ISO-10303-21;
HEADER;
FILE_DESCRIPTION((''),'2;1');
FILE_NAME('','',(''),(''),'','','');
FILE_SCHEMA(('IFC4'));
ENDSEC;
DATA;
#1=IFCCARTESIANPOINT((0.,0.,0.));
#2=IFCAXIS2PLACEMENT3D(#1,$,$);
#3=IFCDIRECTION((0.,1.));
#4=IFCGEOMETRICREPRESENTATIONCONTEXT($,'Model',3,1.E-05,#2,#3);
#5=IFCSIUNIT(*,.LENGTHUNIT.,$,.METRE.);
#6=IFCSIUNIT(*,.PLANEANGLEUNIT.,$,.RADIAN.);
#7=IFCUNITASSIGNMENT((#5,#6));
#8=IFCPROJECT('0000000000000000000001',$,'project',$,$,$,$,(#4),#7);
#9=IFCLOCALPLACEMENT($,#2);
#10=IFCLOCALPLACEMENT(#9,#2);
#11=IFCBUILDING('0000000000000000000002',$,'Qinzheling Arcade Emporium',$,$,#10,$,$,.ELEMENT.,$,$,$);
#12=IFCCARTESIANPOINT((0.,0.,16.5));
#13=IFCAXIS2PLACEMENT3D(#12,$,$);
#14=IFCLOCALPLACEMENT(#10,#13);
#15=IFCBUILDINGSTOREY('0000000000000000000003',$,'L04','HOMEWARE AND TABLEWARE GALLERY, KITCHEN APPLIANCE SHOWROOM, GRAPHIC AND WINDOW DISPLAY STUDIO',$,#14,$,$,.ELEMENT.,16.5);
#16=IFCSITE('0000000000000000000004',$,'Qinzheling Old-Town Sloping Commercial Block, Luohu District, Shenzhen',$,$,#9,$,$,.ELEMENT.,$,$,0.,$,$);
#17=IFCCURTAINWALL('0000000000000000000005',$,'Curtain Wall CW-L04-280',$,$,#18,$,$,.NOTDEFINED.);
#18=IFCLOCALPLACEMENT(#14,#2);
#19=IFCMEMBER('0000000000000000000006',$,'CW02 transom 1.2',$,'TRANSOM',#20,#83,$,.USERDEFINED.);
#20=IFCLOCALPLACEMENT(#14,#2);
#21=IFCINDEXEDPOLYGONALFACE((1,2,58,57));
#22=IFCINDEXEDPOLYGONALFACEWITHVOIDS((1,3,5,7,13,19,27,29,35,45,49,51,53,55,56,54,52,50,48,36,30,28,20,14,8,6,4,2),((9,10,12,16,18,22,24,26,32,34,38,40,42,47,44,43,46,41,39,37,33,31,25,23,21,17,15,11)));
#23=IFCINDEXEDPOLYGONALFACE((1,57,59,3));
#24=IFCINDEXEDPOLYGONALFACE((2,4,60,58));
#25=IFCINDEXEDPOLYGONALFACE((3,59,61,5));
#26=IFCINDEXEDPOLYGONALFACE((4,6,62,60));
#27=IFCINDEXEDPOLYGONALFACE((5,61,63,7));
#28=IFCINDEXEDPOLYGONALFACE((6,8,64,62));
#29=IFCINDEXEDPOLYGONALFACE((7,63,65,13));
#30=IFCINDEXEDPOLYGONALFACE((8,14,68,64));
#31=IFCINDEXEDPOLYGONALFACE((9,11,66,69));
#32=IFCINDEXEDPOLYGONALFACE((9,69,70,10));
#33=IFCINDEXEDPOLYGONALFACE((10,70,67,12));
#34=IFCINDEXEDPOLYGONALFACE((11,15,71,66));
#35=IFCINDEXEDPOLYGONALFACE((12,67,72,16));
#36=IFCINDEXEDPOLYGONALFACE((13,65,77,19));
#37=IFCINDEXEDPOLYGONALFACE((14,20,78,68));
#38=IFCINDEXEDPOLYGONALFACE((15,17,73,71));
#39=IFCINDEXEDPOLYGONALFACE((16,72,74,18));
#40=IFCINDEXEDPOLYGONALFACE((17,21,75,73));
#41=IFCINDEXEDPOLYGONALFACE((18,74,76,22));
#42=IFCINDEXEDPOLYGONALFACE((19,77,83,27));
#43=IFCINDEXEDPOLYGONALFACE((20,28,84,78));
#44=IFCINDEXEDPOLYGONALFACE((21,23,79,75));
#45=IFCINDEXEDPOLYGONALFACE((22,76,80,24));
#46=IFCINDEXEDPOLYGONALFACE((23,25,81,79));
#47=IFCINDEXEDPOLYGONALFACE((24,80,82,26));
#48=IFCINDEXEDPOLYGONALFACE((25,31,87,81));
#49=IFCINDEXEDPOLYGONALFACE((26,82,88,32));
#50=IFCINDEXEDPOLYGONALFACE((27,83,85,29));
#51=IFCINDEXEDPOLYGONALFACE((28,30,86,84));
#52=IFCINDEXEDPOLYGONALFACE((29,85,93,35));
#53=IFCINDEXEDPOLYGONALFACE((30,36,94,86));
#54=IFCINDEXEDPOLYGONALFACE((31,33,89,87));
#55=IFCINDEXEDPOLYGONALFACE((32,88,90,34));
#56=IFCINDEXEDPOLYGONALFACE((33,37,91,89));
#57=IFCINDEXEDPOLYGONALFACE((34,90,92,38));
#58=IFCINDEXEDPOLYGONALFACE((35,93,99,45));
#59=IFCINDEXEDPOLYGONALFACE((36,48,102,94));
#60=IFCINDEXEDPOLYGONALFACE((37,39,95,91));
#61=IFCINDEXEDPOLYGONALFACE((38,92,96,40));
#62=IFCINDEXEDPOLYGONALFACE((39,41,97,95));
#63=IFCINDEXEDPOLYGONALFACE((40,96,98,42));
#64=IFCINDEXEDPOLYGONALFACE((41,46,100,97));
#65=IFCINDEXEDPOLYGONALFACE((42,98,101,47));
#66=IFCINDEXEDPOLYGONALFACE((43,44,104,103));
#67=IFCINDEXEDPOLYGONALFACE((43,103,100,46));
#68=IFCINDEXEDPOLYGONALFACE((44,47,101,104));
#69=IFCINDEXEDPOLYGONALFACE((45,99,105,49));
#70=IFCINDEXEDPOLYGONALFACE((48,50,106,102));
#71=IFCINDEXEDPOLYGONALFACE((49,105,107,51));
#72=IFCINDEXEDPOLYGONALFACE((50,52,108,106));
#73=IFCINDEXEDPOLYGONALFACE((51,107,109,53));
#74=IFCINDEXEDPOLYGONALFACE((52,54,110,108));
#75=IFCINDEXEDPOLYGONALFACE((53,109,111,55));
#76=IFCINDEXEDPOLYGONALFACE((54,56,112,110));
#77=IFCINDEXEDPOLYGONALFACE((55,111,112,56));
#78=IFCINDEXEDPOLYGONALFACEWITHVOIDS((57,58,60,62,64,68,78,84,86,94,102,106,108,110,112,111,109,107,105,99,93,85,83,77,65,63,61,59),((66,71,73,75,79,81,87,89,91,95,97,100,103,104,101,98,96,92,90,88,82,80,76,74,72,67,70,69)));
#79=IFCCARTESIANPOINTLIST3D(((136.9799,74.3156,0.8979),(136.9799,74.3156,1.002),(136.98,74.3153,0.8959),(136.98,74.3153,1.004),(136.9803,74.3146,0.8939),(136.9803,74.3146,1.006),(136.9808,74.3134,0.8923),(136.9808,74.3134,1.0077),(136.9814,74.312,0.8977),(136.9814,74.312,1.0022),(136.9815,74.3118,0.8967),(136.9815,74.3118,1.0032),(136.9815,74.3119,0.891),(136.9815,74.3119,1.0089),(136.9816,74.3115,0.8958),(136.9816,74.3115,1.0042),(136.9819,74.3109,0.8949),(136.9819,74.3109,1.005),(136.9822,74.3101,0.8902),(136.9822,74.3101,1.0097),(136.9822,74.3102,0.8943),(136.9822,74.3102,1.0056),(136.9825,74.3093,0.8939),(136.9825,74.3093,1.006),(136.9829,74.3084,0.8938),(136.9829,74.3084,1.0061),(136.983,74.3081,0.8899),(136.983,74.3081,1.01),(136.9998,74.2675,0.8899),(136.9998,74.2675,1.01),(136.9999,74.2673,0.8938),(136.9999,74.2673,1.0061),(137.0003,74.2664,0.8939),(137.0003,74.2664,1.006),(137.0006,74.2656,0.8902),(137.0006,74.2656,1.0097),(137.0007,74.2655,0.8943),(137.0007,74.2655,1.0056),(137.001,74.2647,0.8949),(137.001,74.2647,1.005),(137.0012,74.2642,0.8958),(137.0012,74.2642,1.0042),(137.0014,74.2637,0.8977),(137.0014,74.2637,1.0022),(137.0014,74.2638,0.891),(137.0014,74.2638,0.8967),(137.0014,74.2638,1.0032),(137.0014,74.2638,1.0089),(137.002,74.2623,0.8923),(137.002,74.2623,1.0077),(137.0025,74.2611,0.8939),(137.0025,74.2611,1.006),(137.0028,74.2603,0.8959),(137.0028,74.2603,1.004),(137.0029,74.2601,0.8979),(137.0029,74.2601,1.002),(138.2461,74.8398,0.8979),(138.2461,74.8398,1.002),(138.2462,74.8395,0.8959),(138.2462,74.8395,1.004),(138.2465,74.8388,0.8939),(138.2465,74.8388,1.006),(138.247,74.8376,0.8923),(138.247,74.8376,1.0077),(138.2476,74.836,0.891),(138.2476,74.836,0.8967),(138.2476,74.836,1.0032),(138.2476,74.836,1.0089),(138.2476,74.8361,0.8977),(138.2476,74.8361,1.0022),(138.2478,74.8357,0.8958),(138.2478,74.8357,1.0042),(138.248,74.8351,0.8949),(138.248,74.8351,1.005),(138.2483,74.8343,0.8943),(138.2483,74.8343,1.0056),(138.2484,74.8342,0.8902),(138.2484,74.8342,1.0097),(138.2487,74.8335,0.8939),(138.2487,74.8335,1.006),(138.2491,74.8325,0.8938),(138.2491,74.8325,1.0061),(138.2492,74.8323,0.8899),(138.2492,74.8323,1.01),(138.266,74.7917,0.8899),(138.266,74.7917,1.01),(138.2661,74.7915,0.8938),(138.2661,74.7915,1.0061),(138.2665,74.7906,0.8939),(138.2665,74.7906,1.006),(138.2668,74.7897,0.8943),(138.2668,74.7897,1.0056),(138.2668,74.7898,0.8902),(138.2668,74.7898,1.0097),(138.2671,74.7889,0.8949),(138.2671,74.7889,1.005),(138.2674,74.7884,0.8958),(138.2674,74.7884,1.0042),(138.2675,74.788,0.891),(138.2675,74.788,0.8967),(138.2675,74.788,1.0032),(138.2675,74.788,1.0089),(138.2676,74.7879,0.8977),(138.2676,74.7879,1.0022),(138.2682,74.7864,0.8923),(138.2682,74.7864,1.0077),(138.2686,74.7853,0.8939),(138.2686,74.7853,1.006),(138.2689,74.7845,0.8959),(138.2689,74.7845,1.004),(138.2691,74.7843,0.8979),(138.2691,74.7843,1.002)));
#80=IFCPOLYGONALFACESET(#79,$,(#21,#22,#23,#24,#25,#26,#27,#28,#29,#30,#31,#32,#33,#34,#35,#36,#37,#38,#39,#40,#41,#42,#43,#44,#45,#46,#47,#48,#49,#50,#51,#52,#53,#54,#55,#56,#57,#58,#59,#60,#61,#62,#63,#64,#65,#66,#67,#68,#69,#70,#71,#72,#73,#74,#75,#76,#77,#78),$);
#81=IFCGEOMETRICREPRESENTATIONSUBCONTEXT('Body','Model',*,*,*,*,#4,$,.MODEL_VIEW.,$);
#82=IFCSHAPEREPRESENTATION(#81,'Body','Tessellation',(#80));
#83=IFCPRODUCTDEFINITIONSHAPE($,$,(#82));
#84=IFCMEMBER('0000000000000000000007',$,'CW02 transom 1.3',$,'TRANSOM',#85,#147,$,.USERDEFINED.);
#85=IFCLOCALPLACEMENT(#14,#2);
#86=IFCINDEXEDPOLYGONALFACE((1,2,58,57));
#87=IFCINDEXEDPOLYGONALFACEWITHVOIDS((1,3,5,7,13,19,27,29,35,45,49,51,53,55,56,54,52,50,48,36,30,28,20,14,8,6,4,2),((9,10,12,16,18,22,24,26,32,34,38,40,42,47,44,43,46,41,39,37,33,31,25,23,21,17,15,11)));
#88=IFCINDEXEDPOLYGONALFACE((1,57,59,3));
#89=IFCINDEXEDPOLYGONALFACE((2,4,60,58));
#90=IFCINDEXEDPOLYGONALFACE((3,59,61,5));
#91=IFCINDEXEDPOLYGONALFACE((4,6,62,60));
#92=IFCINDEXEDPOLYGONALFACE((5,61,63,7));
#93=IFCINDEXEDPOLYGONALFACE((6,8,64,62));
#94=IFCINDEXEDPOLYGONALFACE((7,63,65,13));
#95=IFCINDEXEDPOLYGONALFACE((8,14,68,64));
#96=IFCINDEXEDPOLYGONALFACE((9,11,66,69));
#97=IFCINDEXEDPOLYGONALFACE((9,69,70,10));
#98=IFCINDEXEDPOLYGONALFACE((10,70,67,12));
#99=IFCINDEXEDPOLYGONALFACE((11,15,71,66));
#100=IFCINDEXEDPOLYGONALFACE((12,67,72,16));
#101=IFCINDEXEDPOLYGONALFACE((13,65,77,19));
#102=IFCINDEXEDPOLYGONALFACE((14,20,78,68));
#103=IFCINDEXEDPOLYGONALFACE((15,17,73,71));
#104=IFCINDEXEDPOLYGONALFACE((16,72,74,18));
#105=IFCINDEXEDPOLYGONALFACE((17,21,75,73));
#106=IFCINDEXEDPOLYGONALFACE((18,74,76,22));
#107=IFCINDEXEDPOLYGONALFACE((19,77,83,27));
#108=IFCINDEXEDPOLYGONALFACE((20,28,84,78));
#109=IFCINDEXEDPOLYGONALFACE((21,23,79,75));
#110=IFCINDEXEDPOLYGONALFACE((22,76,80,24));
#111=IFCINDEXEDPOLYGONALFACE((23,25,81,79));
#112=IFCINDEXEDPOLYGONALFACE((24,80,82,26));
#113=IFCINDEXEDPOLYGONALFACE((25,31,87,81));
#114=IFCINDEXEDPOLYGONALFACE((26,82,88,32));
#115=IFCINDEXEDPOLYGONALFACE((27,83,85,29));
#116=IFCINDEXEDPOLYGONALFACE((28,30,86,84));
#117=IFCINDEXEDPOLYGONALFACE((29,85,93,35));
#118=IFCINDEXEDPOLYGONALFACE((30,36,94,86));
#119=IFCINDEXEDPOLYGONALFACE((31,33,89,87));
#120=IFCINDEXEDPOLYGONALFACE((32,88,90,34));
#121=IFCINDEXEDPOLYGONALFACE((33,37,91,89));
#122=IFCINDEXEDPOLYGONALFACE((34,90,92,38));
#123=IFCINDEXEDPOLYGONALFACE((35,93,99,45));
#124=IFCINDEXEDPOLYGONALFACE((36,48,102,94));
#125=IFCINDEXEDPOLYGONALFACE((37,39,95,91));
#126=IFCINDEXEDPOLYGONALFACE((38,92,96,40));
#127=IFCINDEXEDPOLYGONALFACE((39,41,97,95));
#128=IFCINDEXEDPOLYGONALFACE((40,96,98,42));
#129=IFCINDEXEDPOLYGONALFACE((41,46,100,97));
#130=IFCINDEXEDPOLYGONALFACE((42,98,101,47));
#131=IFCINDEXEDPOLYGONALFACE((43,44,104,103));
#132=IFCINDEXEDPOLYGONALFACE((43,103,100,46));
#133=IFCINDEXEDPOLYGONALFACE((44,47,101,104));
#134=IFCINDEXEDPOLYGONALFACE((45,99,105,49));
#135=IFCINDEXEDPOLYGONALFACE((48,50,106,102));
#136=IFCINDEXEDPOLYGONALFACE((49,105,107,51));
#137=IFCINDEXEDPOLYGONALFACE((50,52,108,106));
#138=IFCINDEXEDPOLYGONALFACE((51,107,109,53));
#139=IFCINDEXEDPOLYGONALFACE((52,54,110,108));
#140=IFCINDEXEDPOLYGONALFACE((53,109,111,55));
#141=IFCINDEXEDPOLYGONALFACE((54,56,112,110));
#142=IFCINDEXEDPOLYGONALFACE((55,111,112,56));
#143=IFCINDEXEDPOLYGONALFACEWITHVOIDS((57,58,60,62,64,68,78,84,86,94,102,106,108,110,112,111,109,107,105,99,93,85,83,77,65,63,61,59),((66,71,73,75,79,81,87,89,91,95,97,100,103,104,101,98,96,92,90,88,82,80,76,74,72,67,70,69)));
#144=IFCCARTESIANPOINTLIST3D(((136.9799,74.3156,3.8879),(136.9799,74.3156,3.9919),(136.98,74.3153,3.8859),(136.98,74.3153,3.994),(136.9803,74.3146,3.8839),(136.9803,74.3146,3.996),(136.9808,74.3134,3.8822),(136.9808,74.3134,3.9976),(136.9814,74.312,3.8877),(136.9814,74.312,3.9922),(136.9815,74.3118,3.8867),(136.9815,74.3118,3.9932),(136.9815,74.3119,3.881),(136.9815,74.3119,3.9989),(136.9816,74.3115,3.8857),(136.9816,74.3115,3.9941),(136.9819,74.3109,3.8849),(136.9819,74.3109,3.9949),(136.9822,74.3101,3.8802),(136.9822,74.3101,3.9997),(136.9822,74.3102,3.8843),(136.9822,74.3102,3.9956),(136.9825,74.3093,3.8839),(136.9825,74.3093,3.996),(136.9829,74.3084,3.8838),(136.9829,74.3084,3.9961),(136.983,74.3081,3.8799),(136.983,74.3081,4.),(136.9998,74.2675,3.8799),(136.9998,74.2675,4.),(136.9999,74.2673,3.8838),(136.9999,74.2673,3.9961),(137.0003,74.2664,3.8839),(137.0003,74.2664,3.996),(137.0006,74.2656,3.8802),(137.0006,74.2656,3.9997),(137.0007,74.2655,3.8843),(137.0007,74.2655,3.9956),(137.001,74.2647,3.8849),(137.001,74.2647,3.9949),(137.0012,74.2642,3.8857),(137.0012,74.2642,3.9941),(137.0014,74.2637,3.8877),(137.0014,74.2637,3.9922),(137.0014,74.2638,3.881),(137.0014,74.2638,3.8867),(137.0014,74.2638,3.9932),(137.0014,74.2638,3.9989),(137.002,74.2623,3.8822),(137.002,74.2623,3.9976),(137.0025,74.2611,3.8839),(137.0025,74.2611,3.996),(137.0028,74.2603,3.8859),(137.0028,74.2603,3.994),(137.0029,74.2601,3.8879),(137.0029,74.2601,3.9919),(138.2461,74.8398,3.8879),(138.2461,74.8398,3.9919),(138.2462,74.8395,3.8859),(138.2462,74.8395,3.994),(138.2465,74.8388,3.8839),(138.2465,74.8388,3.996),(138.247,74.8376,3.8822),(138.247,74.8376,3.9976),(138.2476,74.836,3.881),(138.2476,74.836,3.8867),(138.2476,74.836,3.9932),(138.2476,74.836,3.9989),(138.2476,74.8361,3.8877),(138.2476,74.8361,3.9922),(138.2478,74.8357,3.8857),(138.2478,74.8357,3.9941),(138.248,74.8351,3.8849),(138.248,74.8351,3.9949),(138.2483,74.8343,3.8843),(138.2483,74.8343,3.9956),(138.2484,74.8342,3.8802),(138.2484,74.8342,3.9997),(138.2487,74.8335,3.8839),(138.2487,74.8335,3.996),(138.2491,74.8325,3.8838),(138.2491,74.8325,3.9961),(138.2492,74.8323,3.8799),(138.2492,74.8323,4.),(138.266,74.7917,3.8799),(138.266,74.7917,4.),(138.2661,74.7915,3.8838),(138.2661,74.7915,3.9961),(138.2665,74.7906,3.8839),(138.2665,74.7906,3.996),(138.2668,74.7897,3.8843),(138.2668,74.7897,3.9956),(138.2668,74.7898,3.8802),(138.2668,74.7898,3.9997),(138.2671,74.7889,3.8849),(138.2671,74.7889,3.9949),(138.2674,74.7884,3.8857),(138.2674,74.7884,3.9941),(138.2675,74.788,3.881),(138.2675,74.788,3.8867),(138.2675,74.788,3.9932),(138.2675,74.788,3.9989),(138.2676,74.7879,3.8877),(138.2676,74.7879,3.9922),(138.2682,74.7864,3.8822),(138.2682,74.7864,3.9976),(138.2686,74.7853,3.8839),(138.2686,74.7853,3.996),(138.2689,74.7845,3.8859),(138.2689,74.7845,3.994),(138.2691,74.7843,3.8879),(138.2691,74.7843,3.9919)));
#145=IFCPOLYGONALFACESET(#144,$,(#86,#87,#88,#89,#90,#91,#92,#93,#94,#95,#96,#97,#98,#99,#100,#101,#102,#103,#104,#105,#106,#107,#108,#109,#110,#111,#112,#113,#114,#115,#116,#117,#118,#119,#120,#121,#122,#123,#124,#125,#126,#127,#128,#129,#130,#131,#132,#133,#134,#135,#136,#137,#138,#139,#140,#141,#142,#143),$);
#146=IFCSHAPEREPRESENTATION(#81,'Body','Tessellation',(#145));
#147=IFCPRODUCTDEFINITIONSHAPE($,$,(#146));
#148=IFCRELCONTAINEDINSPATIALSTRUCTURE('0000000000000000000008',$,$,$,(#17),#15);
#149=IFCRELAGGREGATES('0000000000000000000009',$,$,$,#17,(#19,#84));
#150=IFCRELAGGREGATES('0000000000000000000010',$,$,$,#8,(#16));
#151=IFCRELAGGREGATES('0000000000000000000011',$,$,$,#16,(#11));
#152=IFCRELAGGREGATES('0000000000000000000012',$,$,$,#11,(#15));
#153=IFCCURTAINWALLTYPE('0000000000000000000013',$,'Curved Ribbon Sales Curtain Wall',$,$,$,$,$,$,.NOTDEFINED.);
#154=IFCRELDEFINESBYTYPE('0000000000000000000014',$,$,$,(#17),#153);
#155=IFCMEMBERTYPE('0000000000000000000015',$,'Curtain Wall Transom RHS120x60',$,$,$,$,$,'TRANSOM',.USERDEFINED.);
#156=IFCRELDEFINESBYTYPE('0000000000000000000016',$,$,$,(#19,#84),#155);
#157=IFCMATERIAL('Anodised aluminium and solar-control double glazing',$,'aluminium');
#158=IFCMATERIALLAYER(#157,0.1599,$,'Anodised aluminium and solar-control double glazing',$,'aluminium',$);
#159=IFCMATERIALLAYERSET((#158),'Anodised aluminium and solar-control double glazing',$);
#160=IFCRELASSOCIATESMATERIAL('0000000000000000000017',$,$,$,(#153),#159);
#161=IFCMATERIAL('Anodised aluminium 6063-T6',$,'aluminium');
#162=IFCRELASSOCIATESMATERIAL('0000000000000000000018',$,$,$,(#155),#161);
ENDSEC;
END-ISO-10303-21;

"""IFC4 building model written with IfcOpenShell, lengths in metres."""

from ifc_helpers import new_model, si_unit, direction, frame, origin, origin_2d, place, context, subcontext, project, spatial, hollow_rectangle, extrude, material, layer, layer_set, material_profile, profile_set, type_object, element, aggregate, save


model = new_model("IFC4")

# Units and contexts
model_context = context("Model", 3, precision=1e-05, world=origin(), true_north=direction((0.0, 1.0)))
body_context = subcontext(model_context, "Body", "Model", "MODEL_VIEW")
ifc_project = project(units=[si_unit("LENGTHUNIT", "METRE"), si_unit("PLANEANGLEUNIT", "RADIAN")], contexts=[model_context])

# Site, building, storey
site_placement = place(None, origin())
site = spatial("IfcSite", under=ifc_project, at=site_placement, Name="Qinzheling Old-Town Sloping Commercial Block, Luohu District, Shenzhen", CompositionType="ELEMENT", RefElevation=0.0)
building_placement = place(site_placement, origin())
building = spatial("IfcBuilding", under=site, at=building_placement, Name="Qinzheling Arcade Emporium", CompositionType="ELEMENT")
storey_placement = place(building_placement, frame((0.0, 0.0, 16.5)))
storey = spatial("IfcBuildingStorey", under=building, at=storey_placement, Name="L04", Description="HOMEWARE AND TABLEWARE GALLERY, KITCHEN APPLIANCE SHOWROOM, GRAPHIC AND WINDOW DISPLAY STUDIO", CompositionType="ELEMENT", Elevation=16.5)

# Shared definitions
ifc_material_1 = material(Name="Anodised aluminium and solar-control double glazing", Category="aluminium")
ifc_layer_1 = layer(ifc_material_1, 0.1599, Name="Anodised aluminium and solar-control double glazing", Category="aluminium")
ifc_layer_set_1 = layer_set([ifc_layer_1], Name="Anodised aluminium and solar-control double glazing")
curtain_wall_type_1 = type_object("IfcCurtainWallType", Name="Curved Ribbon Sales Curtain Wall", PredefinedType="NOTDEFINED", material=ifc_layer_set_1)
ifc_material_2 = material(Name="Anodised aluminium 6063-T6", Category="aluminium")

# Curtain wall
curtain_wall_1_placement = place(storey_placement, origin())
curtain_wall_1 = element("IfcCurtainWall", 1, at=curtain_wall_1_placement, inside=storey, type_object=curtain_wall_type_1, Name="Curtain Wall CW-L04-280", PredefinedType="NOTDEFINED")

# Members
ifc_material_profile_1 = material_profile(ifc_material_2, hollow_rectangle(XDim=0.0601, YDim=0.1201, WallThickness=0.0039, InnerFilletRadius=0.0039, OuterFilletRadius=0.0081, at=origin_2d()), Name="RHS 120x60x4", Category="aluminium")
ifc_profile_set_1 = profile_set([ifc_material_profile_1], Name="Anodised aluminium 6063-T6")
member_type_1 = type_object("IfcMemberType", Name="Curtain Wall Transom RHS120x60", ElementType="TRANSOM", PredefinedType="USERDEFINED", material=ifc_profile_set_1)
member_1_placement = place(storey_placement, frame((138.2576, 74.812, 0.95), z_axis=(-0.92395, -0.382514, 0.0), x_axis=(0.382514, -0.92395, 0.0)))
member_1 = element("IfcMember", 2, at=member_1_placement, type_object=member_type_1, Name="CW02 transom 1.2", ObjectType="TRANSOM", PredefinedType="USERDEFINED", context=body_context, shape_type="SweptSolid", body=[
    extrude(hollow_rectangle(XDim=0.0601, YDim=0.1201, WallThickness=0.0039, InnerFilletRadius=0.0039, OuterFilletRadius=0.0081, at=origin_2d()), origin(), (0.0, 0.0, 1.0), 1.3704),
])
member_2_placement = place(storey_placement, frame((138.2576, 74.812, 3.9399), z_axis=(-0.92395, -0.382514, 0.0), x_axis=(0.382514, -0.92395, 0.0)))
member_2 = element("IfcMember", 3, at=member_2_placement, type_object=member_type_1, Name="CW02 transom 1.3", ObjectType="TRANSOM", PredefinedType="USERDEFINED", context=body_context, shape_type="SweptSolid", body=[
    extrude(hollow_rectangle(XDim=0.0601, YDim=0.1201, WallThickness=0.0039, InnerFilletRadius=0.0039, OuterFilletRadius=0.0081, at=origin_2d()), origin(), (0.0, 0.0, 1.0), 1.3704),
])

aggregate(curtain_wall_1, [member_1, member_2])

save(model, "model.ifc")
